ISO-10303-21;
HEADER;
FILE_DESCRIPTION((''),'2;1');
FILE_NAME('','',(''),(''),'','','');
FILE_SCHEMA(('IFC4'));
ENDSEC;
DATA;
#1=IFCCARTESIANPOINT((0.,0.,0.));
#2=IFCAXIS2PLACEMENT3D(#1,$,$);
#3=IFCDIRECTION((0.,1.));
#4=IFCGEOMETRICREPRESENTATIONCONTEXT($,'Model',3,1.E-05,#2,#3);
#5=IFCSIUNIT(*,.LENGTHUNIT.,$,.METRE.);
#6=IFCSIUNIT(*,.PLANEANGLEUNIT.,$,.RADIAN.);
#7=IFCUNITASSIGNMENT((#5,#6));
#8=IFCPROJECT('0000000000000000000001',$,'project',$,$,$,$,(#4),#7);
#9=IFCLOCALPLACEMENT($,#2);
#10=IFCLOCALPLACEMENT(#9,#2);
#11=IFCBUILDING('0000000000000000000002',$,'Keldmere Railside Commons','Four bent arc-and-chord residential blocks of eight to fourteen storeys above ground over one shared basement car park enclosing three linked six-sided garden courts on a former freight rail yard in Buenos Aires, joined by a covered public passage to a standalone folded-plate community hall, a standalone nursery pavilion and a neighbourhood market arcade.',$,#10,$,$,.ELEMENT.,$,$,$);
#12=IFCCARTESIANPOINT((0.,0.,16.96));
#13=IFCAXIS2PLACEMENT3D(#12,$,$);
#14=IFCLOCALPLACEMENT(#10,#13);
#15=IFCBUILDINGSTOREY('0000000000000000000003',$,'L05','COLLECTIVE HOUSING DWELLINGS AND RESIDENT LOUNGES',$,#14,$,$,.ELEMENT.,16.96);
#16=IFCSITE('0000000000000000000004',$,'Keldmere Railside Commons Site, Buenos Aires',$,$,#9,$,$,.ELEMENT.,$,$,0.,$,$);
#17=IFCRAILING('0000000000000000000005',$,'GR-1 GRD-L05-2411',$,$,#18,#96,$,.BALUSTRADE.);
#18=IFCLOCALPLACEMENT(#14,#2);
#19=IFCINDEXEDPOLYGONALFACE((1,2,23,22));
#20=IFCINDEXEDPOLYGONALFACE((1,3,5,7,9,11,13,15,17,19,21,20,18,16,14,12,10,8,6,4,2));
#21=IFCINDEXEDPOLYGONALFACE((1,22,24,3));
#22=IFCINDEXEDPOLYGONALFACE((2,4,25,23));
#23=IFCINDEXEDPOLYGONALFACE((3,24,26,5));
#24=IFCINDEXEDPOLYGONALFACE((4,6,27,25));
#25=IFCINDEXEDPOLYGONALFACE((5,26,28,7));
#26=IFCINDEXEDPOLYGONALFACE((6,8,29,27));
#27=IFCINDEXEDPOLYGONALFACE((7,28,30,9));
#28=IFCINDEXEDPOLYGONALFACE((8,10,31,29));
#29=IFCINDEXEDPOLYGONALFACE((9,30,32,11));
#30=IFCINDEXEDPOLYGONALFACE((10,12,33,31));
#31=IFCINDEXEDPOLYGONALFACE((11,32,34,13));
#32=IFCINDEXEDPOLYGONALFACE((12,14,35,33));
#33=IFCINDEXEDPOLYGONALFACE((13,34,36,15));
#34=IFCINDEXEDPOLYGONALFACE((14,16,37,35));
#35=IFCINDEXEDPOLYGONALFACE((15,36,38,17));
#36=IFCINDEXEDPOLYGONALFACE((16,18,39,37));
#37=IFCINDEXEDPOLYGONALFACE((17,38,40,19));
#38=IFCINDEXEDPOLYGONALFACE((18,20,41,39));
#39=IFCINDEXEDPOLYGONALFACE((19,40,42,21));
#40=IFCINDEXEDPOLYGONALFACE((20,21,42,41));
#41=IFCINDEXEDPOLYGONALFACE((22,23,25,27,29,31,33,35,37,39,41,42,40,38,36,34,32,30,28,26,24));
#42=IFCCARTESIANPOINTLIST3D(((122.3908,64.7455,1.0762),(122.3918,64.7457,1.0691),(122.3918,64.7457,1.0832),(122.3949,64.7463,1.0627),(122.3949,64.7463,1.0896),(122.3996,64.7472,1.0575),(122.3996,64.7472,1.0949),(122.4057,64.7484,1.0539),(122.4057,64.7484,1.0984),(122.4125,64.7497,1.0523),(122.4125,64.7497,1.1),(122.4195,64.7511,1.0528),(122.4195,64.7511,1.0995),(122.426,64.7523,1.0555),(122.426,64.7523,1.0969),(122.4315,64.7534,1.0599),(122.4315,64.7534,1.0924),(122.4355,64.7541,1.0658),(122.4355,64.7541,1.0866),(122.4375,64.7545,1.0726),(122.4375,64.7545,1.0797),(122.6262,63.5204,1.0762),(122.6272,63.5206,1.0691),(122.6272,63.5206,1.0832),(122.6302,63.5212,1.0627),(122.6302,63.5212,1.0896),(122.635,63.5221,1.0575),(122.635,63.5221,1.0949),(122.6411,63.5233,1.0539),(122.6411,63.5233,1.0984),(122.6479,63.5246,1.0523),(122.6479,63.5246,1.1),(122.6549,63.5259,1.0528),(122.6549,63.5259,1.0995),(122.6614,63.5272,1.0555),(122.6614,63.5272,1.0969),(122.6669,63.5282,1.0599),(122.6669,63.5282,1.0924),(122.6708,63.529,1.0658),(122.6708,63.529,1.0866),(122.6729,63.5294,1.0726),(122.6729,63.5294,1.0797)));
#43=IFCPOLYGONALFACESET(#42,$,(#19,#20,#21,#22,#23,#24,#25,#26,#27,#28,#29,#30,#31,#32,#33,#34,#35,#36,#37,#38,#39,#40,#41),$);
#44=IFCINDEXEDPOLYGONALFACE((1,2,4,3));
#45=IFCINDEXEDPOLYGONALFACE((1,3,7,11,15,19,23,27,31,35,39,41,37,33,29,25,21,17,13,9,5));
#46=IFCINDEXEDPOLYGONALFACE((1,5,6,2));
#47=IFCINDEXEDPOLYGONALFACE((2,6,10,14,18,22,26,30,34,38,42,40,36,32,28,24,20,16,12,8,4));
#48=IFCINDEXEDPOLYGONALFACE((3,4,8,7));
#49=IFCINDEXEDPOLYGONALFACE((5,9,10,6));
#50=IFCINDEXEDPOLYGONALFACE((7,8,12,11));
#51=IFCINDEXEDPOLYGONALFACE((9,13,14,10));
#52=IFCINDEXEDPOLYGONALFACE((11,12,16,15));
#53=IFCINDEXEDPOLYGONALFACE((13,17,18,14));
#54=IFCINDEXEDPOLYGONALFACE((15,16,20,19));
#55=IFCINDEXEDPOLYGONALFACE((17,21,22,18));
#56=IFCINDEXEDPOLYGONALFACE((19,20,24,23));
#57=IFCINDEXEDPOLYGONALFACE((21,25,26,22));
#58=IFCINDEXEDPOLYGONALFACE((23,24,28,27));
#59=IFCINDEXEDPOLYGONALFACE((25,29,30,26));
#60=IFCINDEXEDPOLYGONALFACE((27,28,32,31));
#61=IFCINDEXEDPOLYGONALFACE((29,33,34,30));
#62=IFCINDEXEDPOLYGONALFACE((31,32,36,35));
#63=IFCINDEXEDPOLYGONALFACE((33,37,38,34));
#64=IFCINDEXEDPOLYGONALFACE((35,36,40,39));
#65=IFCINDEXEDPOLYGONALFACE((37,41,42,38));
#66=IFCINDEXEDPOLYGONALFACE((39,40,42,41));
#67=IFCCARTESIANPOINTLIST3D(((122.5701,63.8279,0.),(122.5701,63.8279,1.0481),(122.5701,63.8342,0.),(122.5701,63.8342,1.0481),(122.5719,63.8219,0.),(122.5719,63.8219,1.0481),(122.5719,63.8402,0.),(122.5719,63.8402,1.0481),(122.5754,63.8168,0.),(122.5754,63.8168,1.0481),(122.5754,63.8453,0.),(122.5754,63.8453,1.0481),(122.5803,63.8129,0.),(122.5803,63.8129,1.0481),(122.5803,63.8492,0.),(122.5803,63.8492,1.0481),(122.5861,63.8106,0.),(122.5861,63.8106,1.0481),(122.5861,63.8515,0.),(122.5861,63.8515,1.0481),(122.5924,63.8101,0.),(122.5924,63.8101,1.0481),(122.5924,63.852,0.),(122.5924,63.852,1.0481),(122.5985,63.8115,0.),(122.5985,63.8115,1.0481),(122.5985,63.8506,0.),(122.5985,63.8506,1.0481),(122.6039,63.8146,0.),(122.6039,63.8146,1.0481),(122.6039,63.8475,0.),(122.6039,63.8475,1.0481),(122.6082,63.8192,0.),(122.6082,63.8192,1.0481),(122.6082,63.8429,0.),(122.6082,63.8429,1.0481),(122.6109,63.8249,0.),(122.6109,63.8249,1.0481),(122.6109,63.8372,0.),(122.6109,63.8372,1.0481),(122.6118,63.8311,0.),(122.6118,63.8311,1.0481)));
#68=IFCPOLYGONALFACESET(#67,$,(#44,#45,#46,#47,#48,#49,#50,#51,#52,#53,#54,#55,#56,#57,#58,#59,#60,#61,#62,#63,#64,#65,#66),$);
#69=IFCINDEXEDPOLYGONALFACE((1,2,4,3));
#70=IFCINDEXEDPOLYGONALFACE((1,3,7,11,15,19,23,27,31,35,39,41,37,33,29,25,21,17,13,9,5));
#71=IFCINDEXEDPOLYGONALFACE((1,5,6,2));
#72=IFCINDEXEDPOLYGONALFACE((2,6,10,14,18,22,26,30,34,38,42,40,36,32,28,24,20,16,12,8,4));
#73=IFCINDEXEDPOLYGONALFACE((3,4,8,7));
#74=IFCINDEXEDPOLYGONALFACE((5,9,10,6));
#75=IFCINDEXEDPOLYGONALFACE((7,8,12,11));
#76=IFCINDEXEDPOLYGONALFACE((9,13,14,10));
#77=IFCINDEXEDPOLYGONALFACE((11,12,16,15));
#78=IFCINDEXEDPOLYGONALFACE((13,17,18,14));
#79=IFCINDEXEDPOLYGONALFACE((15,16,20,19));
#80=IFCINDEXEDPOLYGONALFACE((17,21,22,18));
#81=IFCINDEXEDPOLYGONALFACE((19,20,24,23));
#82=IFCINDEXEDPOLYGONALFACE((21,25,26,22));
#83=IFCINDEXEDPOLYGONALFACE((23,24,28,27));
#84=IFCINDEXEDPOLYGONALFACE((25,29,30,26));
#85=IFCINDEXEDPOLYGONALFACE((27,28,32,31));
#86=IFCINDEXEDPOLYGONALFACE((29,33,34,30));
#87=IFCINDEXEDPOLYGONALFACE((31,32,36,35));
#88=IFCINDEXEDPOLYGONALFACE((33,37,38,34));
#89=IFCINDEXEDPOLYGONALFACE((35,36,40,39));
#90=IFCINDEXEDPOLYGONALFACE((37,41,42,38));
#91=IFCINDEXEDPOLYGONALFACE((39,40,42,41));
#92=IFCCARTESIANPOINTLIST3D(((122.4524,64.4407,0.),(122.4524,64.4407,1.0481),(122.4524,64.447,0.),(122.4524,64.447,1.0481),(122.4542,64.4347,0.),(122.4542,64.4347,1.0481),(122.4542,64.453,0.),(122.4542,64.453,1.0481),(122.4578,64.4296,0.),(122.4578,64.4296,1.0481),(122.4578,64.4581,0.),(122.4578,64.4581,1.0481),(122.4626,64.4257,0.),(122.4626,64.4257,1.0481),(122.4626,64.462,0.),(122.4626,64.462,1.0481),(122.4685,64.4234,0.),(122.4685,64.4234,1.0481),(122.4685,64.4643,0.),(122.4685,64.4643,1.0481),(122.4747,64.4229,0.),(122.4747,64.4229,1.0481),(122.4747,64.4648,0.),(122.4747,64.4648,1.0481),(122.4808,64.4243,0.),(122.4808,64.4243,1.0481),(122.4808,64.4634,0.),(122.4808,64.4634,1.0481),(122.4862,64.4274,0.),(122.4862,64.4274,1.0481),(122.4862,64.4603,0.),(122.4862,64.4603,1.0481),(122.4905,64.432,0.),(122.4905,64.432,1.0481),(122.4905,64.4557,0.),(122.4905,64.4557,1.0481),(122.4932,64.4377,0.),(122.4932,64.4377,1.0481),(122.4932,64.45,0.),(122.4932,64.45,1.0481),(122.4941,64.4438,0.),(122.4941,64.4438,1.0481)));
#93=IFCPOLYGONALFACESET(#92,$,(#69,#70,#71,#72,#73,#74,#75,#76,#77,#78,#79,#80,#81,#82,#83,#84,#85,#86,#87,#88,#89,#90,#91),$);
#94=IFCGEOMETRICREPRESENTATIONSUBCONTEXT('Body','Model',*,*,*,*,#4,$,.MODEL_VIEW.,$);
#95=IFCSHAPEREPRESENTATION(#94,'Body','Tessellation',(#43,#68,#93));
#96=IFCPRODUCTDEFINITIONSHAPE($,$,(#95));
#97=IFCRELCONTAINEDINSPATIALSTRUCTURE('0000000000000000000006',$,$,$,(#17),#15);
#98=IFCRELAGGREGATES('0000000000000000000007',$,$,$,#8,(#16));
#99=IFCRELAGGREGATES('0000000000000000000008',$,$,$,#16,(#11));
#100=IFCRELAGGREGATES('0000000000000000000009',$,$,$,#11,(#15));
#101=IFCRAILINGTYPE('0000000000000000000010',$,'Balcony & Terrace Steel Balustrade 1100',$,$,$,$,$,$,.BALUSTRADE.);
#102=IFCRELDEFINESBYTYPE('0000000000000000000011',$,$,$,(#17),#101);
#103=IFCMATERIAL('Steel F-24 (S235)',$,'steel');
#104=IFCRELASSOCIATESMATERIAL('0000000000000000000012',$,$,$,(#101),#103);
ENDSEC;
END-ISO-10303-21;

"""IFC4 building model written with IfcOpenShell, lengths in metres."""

from ifc_helpers import new_model, si_unit, direction, frame, origin, origin_2d, place, context, subcontext, project, spatial, circle, extrude, material, type_object, element, save


model = new_model("IFC4")

# Units and contexts
model_context = context("Model", 3, precision=1e-05, world=origin(), true_north=direction((0.0, 1.0)))
body_context = subcontext(model_context, "Body", "Model", "MODEL_VIEW")
ifc_project = project(units=[si_unit("LENGTHUNIT", "METRE"), si_unit("PLANEANGLEUNIT", "RADIAN")], contexts=[model_context])

# Site, building, storey
site_placement = place(None, origin())
site = spatial("IfcSite", under=ifc_project, at=site_placement, Name="Keldmere Railside Commons Site, Buenos Aires", CompositionType="ELEMENT", RefElevation=0.0)
building_placement = place(site_placement, origin())
building = spatial("IfcBuilding", under=site, at=building_placement, Name="Keldmere Railside Commons", Description="Four bent arc-and-chord residential blocks of eight to fourteen storeys above ground over one shared basement car park enclosing three linked six-sided garden courts on a former freight rail yard in Buenos Aires, joined by a covered public passage to a standalone folded-plate community hall, a standalone nursery pavilion and a neighbourhood market arcade.", CompositionType="ELEMENT")
storey_placement = place(building_placement, frame((0.0, 0.0, 16.96)))
storey = spatial("IfcBuildingStorey", under=building, at=storey_placement, Name="L05", Description="COLLECTIVE HOUSING DWELLINGS AND RESIDENT LOUNGES", CompositionType="ELEMENT", Elevation=16.96)

# Railing
ifc_material_1 = material(Name="Steel F-24 (S235)", Category="steel")
railing_type = type_object("IfcRailingType", Name="Balcony & Terrace Steel Balustrade 1100", PredefinedType="BALUSTRADE", material=ifc_material_1)
railing_1_placement = place(storey_placement, frame((122.6497, 63.5249, 0.0)))
element("IfcRailing", 1, at=railing_1_placement, inside=storey, type_object=railing_type, Name="GR-1 GRD-L05-2411", PredefinedType="BALUSTRADE", context=body_context, shape_type="SweptSolid", body=[
    extrude(circle(Radius=0.0239, at=origin_2d()), frame((0.0, 0.0, 1.0762), z_axis=(-0.188659, 0.982043, 0.0), x_axis=(-0.982043, -0.188659, 0.0)), (0.0, 0.0, 1.0), 1.2476),
    extrude(circle(Radius=0.021, at=origin_2d()), frame((-0.0588, 0.3062, 0.0)), (0.0, 0.0, 1.0), 1.0481),
    extrude(circle(Radius=0.021, at=origin_2d()), frame((-0.1765, 0.9189, 0.0)), (0.0, 0.0, 1.0), 1.0481),
])

save(model, "model.ifc")
